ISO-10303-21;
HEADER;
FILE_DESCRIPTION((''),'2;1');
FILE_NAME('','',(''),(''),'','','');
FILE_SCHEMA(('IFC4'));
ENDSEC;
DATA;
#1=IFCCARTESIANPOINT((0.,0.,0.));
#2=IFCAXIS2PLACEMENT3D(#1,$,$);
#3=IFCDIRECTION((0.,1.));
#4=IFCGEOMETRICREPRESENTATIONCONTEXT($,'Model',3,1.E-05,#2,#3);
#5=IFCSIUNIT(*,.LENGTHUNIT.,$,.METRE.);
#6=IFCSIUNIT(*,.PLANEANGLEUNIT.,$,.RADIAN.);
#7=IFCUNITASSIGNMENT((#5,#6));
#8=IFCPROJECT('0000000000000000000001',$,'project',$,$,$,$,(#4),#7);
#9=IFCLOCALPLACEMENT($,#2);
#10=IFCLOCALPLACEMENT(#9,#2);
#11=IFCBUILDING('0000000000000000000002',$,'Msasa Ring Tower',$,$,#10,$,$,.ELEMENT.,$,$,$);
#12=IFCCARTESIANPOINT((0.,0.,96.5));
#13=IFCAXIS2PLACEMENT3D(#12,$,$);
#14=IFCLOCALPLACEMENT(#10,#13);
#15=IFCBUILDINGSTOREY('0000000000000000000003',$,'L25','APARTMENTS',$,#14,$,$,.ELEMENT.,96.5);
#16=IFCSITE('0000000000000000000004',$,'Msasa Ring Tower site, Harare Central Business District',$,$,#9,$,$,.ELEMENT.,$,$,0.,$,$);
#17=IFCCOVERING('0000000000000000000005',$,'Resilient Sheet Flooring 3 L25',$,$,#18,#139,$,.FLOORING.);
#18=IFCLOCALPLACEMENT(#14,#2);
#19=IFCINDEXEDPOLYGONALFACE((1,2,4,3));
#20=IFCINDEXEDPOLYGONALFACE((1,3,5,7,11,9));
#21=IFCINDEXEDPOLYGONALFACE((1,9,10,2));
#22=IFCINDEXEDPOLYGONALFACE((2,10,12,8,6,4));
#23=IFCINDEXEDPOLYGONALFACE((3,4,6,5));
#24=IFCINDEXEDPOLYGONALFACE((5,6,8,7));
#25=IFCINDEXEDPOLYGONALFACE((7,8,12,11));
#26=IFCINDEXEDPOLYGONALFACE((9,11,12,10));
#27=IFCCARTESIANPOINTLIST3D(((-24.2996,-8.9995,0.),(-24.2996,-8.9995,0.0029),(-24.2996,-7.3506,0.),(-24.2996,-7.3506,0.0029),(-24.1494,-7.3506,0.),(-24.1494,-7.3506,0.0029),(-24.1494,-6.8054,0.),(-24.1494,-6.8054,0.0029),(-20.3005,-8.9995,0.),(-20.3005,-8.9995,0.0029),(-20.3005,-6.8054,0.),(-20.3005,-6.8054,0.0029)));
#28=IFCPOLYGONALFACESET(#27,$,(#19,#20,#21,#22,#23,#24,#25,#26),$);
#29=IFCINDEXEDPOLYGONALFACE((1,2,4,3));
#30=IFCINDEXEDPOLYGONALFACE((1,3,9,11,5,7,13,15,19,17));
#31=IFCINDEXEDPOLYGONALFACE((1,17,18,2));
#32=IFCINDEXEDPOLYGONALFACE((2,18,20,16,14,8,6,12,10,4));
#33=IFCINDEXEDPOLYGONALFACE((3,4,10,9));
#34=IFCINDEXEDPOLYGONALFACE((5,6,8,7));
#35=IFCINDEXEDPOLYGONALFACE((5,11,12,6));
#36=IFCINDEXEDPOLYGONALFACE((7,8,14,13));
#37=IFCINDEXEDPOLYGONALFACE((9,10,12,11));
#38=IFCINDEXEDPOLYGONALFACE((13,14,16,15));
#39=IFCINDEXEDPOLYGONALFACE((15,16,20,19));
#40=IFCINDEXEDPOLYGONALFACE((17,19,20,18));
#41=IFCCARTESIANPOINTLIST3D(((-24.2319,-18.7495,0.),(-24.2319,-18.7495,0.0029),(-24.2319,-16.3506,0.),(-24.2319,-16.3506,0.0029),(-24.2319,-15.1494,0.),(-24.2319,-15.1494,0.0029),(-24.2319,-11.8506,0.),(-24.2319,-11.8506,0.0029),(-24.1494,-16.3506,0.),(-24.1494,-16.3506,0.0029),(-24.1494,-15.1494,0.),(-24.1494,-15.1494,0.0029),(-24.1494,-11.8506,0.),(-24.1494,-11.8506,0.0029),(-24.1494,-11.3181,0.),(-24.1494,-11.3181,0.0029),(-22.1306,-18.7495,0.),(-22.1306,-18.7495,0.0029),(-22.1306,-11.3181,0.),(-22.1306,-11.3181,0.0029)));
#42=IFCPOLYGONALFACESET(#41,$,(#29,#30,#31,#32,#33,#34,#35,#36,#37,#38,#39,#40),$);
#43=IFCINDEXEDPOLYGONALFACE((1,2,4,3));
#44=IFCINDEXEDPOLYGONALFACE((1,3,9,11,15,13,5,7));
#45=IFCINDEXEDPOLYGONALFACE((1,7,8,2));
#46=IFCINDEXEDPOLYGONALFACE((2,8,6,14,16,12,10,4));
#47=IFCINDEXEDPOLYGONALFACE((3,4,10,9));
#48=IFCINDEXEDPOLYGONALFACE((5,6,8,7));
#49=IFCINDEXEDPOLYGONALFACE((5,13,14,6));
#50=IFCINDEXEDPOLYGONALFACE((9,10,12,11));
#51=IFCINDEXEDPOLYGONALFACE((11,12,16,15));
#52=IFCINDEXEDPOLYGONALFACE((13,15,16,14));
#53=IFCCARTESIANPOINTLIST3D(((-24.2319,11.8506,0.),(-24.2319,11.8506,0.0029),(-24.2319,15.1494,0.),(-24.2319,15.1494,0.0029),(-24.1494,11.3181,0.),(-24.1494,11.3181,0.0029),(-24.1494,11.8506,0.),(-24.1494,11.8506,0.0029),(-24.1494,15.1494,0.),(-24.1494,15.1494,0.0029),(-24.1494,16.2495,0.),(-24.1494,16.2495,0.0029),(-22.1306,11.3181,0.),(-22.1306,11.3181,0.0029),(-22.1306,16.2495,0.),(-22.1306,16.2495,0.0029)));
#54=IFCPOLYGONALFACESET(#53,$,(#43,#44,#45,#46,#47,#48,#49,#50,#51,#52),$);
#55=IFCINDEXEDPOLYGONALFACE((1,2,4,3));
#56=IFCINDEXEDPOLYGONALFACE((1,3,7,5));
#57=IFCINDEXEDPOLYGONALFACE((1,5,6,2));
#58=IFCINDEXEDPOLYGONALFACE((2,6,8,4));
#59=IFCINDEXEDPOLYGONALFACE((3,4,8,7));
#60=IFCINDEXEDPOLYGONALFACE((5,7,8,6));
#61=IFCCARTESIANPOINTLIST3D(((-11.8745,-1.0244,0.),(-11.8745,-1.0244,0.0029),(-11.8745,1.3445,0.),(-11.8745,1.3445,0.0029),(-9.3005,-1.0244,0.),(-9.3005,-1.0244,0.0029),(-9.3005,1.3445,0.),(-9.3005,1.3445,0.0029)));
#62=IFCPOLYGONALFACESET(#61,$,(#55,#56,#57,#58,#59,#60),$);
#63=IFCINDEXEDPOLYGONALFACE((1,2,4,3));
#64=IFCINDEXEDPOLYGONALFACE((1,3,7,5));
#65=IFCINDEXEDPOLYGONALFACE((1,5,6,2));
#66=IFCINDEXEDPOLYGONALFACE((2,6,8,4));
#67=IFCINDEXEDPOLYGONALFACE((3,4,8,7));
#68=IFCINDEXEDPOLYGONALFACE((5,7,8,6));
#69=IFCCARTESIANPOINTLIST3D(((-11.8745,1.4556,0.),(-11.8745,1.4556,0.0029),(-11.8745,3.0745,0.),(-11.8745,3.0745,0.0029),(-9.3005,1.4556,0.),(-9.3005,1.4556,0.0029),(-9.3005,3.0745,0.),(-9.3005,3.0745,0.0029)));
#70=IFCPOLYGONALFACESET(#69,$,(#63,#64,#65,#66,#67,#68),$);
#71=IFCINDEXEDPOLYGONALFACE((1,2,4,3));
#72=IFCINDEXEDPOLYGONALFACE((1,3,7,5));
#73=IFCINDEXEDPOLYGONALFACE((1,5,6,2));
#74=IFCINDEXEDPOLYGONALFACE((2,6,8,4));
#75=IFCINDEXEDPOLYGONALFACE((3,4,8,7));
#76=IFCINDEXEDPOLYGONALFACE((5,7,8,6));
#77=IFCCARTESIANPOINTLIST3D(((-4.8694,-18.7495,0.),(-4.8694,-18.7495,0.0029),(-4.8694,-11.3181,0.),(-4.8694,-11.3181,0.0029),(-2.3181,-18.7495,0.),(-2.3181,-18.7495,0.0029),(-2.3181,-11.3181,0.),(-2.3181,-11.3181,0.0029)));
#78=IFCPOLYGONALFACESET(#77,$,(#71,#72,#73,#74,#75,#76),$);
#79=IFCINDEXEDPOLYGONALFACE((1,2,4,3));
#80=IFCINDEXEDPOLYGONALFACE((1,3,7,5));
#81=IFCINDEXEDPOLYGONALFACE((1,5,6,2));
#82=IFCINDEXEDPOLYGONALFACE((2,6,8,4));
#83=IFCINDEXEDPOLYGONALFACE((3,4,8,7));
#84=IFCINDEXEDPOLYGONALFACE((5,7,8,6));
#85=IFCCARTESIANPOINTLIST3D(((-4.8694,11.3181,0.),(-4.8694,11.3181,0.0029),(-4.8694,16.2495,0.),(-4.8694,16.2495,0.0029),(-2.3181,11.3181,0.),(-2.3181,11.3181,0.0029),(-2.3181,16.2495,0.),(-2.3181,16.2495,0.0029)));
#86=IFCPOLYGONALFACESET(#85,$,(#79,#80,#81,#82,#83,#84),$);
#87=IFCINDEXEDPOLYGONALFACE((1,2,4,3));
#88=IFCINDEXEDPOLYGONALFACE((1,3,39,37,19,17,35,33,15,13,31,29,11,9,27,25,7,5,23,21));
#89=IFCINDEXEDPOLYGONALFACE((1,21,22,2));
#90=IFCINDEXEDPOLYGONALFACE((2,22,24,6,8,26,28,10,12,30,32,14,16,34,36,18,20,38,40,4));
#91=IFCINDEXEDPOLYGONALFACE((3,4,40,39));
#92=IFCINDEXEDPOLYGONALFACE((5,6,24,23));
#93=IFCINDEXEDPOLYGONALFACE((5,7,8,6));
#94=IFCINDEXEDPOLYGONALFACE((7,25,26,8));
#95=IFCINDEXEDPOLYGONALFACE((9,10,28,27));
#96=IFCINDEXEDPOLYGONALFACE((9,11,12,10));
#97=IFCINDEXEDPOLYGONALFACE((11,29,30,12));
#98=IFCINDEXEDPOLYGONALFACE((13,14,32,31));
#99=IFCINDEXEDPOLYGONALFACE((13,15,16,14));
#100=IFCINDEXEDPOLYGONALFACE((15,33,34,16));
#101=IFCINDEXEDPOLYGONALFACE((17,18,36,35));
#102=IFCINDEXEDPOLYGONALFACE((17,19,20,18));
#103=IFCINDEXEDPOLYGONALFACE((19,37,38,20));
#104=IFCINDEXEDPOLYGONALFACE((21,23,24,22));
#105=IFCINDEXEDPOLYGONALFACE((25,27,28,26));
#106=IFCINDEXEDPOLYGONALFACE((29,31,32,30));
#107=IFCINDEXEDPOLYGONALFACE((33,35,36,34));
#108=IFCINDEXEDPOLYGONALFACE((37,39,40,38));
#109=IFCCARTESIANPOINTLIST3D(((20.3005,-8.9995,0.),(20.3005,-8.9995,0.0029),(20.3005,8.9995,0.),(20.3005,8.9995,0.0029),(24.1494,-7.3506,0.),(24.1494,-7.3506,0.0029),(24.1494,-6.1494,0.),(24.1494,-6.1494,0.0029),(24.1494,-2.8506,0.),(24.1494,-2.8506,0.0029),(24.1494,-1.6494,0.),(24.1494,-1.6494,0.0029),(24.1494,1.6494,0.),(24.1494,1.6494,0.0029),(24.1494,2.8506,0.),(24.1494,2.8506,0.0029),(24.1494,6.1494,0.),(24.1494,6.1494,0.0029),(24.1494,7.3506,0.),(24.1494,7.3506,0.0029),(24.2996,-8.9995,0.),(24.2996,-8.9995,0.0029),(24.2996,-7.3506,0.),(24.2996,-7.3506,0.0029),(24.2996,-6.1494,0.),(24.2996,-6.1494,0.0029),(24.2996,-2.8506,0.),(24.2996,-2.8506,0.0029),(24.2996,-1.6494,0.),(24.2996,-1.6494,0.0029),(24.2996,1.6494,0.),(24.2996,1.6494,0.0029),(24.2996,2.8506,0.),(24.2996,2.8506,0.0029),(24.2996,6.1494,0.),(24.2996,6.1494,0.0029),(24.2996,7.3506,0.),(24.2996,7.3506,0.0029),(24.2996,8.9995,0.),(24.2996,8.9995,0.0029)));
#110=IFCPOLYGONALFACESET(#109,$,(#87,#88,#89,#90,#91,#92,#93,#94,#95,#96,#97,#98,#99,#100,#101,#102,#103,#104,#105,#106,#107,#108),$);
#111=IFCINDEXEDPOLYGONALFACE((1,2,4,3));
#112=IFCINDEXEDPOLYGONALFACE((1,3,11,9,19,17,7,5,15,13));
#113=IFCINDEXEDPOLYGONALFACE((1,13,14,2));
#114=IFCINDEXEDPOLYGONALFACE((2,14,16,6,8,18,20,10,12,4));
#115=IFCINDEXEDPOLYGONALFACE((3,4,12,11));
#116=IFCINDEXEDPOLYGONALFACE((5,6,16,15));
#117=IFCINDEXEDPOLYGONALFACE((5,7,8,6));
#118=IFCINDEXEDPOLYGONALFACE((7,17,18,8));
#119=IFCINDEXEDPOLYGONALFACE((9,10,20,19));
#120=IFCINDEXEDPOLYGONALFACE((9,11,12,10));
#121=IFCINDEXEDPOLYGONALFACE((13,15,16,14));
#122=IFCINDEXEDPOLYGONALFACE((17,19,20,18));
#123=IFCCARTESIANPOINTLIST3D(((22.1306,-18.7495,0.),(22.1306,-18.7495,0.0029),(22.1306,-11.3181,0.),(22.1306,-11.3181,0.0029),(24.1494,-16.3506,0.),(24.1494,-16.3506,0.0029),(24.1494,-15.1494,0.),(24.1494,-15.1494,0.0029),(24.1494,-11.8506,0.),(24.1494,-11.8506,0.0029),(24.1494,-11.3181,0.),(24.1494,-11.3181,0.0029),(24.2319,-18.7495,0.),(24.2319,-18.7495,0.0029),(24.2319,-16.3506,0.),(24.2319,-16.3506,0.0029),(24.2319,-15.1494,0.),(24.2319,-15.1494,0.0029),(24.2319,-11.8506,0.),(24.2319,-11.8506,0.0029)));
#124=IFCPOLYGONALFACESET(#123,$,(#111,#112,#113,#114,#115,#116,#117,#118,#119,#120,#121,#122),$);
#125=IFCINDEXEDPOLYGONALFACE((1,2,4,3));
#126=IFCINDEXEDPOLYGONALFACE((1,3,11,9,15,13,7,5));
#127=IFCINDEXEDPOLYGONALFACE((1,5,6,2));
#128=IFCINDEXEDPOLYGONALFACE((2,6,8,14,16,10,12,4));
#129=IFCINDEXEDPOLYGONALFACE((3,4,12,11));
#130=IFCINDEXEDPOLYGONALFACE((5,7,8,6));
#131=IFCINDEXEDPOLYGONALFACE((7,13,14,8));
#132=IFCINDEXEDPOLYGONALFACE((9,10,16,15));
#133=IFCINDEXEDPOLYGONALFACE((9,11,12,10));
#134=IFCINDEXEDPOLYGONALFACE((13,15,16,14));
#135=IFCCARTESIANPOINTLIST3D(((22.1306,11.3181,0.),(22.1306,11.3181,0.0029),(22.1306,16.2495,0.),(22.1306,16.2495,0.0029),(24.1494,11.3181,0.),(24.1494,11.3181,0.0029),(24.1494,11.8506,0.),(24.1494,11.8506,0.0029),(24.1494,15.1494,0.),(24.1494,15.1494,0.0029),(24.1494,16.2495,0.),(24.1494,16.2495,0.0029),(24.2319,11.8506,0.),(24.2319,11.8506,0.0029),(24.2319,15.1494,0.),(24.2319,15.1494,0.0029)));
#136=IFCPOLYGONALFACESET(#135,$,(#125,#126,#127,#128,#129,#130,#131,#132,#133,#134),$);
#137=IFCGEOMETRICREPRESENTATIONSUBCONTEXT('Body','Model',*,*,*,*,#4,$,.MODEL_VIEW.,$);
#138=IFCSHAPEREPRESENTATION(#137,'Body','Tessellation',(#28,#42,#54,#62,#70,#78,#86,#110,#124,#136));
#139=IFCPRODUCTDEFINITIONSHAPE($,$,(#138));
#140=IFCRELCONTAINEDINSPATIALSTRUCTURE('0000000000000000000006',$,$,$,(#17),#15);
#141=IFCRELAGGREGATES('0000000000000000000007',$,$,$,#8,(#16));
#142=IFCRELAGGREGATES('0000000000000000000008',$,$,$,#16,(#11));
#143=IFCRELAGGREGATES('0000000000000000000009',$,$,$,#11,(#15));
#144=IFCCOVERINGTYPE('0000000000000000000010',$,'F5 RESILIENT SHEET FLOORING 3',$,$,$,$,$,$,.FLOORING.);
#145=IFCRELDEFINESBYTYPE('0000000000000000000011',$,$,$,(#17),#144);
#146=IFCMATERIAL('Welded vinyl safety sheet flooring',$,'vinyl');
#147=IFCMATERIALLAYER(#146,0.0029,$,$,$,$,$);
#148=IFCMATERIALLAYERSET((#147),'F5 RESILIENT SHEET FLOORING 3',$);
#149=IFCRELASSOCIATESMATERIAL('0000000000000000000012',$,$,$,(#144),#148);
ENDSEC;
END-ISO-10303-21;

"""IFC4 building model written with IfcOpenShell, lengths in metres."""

from ifc_helpers import new_model, si_unit, direction, frame, origin, place, context, subcontext, project, spatial, line, indexed_curve, outline, extrude, material, layer, layer_set, type_object, element, save


model = new_model("IFC4")

# Units and contexts
model_context = context("Model", 3, precision=1e-05, world=origin(), true_north=direction((0.0, 1.0)))
body_context = subcontext(model_context, "Body", "Model", "MODEL_VIEW")
ifc_project = project(units=[si_unit("LENGTHUNIT", "METRE"), si_unit("PLANEANGLEUNIT", "RADIAN")], contexts=[model_context])

# Site, building, storey
site_placement = place(None, origin())
site = spatial("IfcSite", under=ifc_project, at=site_placement, Name="Msasa Ring Tower site, Harare Central Business District", CompositionType="ELEMENT", RefElevation=0.0)
building_placement = place(site_placement, origin())
building = spatial("IfcBuilding", under=site, at=building_placement, Name="Msasa Ring Tower", CompositionType="ELEMENT")
storey_placement = place(building_placement, frame((0.0, 0.0, 96.5)))
storey = spatial("IfcBuildingStorey", under=building, at=storey_placement, Name="L25", Description="APARTMENTS", CompositionType="ELEMENT", Elevation=96.5)

# Covering
ifc_material_1 = material(Name="Welded vinyl safety sheet flooring", Category="vinyl")
ifc_layer_1 = layer(ifc_material_1, 0.0029)
ifc_layer_set_1 = layer_set([ifc_layer_1], Name="F5 RESILIENT SHEET FLOORING 3")
covering_type_1 = type_object("IfcCoveringType", Name="F5 RESILIENT SHEET FLOORING 3", PredefinedType="FLOORING", material=ifc_layer_set_1)
covering_1_placement = place(storey_placement, origin())
element("IfcCovering", 1, at=covering_1_placement, inside=storey, type_object=covering_type_1, Name="Resilient Sheet Flooring 3 L25", PredefinedType="FLOORING", context=body_context, shape_type="SweptSolid", body=[
    extrude(outline(indexed_curve([(-24.2996, -8.9995), (-24.2996, -7.3506), (-24.1494, -7.3506), (-24.1494, -6.8054), (-20.3005, -6.8054), (-20.3005, -8.9995)], segments=[line(1, 2, 3, 4, 5, 6, 1)], self_intersect=False)), origin(), (0.0, 0.0, 1.0), 0.0029),
    extrude(outline(indexed_curve([(-24.2319, -16.3506), (-24.1494, -16.3506), (-24.1494, -15.1494), (-24.2319, -15.1494), (-24.2319, -11.8506), (-24.1494, -11.8506), (-24.1494, -11.3181), (-22.1306, -11.3181), (-22.1306, -18.7495), (-24.2319, -18.7495)], segments=[line(1, 2, 3, 4, 5, 6, 7, 8, 9, 10, 1)], self_intersect=False)), origin(), (0.0, 0.0, 1.0), 0.0029),
    extrude(outline(indexed_curve([(-24.2319, 15.1494), (-24.1494, 15.1494), (-24.1494, 16.2495), (-22.1306, 16.2495), (-22.1306, 11.3181), (-24.1494, 11.3181), (-24.1494, 11.8506), (-24.2319, 11.8506)], segments=[line(1, 2, 3, 4, 5, 6, 7, 8, 1)], self_intersect=False)), origin(), (0.0, 0.0, 1.0), 0.0029),
    extrude(outline(indexed_curve([(-11.8745, 1.3445), (-9.3005, 1.3445), (-9.3005, -1.0244), (-11.8745, -1.0244)], segments=[line(1, 2, 3, 4, 1)], self_intersect=False)), origin(), (0.0, 0.0, 1.0), 0.0029),
    extrude(outline(indexed_curve([(-11.8745, 3.0745), (-9.3005, 3.0745), (-9.3005, 1.4556), (-11.8745, 1.4556)], segments=[line(1, 2, 3, 4, 1)], self_intersect=False)), origin(), (0.0, 0.0, 1.0), 0.0029),
    extrude(outline(indexed_curve([(-4.8694, -11.3181), (-2.3181, -11.3181), (-2.3181, -18.7495), (-4.8694, -18.7495)], segments=[line(1, 2, 3, 4, 1)], self_intersect=False)), origin(), (0.0, 0.0, 1.0), 0.0029),
    extrude(outline(indexed_curve([(-2.3181, 11.3181), (-4.8694, 11.3181), (-4.8694, 16.2495), (-2.3181, 16.2495)], segments=[line(1, 2, 3, 4, 1)], self_intersect=False)), origin(), (0.0, 0.0, 1.0), 0.0029),
    extrude(outline(indexed_curve([(20.3005, 8.9995), (24.2996, 8.9995), (24.2996, 7.3506), (24.1494, 7.3506), (24.1494, 6.1494), (24.2996, 6.1494), (24.2996, 2.8506), (24.1494, 2.8506), (24.1494, 1.6494), (24.2996, 1.6494), (24.2996, -1.6494), (24.1494, -1.6494), (24.1494, -2.8506), (24.2996, -2.8506), (24.2996, -6.1494), (24.1494, -6.1494), (24.1494, -7.3506), (24.2996, -7.3506), (24.2996, -8.9995), (20.3005, -8.9995)], segments=[line(1, 2, 3, 4, 5, 6, 7, 8, 9, 10, 11, 12, 13, 14, 15, 16, 17, 18, 19, 20, 1)], self_intersect=False)), origin(), (0.0, 0.0, 1.0), 0.0029),
    extrude(outline(indexed_curve([(22.1306, -11.3181), (24.1494, -11.3181), (24.1494, -11.8506), (24.2319, -11.8506), (24.2319, -15.1494), (24.1494, -15.1494), (24.1494, -16.3506), (24.2319, -16.3506), (24.2319, -18.7495), (22.1306, -18.7495)], segments=[line(1, 2, 3, 4, 5, 6, 7, 8, 9, 10, 1)], self_intersect=False)), origin(), (0.0, 0.0, 1.0), 0.0029),
    extrude(outline(indexed_curve([(24.2319, 11.8506), (24.1494, 11.8506), (24.1494, 11.3181), (22.1306, 11.3181), (22.1306, 16.2495), (24.1494, 16.2495), (24.1494, 15.1494), (24.2319, 15.1494)], segments=[line(1, 2, 3, 4, 5, 6, 7, 8, 1)], self_intersect=False)), origin(), (0.0, 0.0, 1.0), 0.0029),
])

save(model, "model.ifc")
